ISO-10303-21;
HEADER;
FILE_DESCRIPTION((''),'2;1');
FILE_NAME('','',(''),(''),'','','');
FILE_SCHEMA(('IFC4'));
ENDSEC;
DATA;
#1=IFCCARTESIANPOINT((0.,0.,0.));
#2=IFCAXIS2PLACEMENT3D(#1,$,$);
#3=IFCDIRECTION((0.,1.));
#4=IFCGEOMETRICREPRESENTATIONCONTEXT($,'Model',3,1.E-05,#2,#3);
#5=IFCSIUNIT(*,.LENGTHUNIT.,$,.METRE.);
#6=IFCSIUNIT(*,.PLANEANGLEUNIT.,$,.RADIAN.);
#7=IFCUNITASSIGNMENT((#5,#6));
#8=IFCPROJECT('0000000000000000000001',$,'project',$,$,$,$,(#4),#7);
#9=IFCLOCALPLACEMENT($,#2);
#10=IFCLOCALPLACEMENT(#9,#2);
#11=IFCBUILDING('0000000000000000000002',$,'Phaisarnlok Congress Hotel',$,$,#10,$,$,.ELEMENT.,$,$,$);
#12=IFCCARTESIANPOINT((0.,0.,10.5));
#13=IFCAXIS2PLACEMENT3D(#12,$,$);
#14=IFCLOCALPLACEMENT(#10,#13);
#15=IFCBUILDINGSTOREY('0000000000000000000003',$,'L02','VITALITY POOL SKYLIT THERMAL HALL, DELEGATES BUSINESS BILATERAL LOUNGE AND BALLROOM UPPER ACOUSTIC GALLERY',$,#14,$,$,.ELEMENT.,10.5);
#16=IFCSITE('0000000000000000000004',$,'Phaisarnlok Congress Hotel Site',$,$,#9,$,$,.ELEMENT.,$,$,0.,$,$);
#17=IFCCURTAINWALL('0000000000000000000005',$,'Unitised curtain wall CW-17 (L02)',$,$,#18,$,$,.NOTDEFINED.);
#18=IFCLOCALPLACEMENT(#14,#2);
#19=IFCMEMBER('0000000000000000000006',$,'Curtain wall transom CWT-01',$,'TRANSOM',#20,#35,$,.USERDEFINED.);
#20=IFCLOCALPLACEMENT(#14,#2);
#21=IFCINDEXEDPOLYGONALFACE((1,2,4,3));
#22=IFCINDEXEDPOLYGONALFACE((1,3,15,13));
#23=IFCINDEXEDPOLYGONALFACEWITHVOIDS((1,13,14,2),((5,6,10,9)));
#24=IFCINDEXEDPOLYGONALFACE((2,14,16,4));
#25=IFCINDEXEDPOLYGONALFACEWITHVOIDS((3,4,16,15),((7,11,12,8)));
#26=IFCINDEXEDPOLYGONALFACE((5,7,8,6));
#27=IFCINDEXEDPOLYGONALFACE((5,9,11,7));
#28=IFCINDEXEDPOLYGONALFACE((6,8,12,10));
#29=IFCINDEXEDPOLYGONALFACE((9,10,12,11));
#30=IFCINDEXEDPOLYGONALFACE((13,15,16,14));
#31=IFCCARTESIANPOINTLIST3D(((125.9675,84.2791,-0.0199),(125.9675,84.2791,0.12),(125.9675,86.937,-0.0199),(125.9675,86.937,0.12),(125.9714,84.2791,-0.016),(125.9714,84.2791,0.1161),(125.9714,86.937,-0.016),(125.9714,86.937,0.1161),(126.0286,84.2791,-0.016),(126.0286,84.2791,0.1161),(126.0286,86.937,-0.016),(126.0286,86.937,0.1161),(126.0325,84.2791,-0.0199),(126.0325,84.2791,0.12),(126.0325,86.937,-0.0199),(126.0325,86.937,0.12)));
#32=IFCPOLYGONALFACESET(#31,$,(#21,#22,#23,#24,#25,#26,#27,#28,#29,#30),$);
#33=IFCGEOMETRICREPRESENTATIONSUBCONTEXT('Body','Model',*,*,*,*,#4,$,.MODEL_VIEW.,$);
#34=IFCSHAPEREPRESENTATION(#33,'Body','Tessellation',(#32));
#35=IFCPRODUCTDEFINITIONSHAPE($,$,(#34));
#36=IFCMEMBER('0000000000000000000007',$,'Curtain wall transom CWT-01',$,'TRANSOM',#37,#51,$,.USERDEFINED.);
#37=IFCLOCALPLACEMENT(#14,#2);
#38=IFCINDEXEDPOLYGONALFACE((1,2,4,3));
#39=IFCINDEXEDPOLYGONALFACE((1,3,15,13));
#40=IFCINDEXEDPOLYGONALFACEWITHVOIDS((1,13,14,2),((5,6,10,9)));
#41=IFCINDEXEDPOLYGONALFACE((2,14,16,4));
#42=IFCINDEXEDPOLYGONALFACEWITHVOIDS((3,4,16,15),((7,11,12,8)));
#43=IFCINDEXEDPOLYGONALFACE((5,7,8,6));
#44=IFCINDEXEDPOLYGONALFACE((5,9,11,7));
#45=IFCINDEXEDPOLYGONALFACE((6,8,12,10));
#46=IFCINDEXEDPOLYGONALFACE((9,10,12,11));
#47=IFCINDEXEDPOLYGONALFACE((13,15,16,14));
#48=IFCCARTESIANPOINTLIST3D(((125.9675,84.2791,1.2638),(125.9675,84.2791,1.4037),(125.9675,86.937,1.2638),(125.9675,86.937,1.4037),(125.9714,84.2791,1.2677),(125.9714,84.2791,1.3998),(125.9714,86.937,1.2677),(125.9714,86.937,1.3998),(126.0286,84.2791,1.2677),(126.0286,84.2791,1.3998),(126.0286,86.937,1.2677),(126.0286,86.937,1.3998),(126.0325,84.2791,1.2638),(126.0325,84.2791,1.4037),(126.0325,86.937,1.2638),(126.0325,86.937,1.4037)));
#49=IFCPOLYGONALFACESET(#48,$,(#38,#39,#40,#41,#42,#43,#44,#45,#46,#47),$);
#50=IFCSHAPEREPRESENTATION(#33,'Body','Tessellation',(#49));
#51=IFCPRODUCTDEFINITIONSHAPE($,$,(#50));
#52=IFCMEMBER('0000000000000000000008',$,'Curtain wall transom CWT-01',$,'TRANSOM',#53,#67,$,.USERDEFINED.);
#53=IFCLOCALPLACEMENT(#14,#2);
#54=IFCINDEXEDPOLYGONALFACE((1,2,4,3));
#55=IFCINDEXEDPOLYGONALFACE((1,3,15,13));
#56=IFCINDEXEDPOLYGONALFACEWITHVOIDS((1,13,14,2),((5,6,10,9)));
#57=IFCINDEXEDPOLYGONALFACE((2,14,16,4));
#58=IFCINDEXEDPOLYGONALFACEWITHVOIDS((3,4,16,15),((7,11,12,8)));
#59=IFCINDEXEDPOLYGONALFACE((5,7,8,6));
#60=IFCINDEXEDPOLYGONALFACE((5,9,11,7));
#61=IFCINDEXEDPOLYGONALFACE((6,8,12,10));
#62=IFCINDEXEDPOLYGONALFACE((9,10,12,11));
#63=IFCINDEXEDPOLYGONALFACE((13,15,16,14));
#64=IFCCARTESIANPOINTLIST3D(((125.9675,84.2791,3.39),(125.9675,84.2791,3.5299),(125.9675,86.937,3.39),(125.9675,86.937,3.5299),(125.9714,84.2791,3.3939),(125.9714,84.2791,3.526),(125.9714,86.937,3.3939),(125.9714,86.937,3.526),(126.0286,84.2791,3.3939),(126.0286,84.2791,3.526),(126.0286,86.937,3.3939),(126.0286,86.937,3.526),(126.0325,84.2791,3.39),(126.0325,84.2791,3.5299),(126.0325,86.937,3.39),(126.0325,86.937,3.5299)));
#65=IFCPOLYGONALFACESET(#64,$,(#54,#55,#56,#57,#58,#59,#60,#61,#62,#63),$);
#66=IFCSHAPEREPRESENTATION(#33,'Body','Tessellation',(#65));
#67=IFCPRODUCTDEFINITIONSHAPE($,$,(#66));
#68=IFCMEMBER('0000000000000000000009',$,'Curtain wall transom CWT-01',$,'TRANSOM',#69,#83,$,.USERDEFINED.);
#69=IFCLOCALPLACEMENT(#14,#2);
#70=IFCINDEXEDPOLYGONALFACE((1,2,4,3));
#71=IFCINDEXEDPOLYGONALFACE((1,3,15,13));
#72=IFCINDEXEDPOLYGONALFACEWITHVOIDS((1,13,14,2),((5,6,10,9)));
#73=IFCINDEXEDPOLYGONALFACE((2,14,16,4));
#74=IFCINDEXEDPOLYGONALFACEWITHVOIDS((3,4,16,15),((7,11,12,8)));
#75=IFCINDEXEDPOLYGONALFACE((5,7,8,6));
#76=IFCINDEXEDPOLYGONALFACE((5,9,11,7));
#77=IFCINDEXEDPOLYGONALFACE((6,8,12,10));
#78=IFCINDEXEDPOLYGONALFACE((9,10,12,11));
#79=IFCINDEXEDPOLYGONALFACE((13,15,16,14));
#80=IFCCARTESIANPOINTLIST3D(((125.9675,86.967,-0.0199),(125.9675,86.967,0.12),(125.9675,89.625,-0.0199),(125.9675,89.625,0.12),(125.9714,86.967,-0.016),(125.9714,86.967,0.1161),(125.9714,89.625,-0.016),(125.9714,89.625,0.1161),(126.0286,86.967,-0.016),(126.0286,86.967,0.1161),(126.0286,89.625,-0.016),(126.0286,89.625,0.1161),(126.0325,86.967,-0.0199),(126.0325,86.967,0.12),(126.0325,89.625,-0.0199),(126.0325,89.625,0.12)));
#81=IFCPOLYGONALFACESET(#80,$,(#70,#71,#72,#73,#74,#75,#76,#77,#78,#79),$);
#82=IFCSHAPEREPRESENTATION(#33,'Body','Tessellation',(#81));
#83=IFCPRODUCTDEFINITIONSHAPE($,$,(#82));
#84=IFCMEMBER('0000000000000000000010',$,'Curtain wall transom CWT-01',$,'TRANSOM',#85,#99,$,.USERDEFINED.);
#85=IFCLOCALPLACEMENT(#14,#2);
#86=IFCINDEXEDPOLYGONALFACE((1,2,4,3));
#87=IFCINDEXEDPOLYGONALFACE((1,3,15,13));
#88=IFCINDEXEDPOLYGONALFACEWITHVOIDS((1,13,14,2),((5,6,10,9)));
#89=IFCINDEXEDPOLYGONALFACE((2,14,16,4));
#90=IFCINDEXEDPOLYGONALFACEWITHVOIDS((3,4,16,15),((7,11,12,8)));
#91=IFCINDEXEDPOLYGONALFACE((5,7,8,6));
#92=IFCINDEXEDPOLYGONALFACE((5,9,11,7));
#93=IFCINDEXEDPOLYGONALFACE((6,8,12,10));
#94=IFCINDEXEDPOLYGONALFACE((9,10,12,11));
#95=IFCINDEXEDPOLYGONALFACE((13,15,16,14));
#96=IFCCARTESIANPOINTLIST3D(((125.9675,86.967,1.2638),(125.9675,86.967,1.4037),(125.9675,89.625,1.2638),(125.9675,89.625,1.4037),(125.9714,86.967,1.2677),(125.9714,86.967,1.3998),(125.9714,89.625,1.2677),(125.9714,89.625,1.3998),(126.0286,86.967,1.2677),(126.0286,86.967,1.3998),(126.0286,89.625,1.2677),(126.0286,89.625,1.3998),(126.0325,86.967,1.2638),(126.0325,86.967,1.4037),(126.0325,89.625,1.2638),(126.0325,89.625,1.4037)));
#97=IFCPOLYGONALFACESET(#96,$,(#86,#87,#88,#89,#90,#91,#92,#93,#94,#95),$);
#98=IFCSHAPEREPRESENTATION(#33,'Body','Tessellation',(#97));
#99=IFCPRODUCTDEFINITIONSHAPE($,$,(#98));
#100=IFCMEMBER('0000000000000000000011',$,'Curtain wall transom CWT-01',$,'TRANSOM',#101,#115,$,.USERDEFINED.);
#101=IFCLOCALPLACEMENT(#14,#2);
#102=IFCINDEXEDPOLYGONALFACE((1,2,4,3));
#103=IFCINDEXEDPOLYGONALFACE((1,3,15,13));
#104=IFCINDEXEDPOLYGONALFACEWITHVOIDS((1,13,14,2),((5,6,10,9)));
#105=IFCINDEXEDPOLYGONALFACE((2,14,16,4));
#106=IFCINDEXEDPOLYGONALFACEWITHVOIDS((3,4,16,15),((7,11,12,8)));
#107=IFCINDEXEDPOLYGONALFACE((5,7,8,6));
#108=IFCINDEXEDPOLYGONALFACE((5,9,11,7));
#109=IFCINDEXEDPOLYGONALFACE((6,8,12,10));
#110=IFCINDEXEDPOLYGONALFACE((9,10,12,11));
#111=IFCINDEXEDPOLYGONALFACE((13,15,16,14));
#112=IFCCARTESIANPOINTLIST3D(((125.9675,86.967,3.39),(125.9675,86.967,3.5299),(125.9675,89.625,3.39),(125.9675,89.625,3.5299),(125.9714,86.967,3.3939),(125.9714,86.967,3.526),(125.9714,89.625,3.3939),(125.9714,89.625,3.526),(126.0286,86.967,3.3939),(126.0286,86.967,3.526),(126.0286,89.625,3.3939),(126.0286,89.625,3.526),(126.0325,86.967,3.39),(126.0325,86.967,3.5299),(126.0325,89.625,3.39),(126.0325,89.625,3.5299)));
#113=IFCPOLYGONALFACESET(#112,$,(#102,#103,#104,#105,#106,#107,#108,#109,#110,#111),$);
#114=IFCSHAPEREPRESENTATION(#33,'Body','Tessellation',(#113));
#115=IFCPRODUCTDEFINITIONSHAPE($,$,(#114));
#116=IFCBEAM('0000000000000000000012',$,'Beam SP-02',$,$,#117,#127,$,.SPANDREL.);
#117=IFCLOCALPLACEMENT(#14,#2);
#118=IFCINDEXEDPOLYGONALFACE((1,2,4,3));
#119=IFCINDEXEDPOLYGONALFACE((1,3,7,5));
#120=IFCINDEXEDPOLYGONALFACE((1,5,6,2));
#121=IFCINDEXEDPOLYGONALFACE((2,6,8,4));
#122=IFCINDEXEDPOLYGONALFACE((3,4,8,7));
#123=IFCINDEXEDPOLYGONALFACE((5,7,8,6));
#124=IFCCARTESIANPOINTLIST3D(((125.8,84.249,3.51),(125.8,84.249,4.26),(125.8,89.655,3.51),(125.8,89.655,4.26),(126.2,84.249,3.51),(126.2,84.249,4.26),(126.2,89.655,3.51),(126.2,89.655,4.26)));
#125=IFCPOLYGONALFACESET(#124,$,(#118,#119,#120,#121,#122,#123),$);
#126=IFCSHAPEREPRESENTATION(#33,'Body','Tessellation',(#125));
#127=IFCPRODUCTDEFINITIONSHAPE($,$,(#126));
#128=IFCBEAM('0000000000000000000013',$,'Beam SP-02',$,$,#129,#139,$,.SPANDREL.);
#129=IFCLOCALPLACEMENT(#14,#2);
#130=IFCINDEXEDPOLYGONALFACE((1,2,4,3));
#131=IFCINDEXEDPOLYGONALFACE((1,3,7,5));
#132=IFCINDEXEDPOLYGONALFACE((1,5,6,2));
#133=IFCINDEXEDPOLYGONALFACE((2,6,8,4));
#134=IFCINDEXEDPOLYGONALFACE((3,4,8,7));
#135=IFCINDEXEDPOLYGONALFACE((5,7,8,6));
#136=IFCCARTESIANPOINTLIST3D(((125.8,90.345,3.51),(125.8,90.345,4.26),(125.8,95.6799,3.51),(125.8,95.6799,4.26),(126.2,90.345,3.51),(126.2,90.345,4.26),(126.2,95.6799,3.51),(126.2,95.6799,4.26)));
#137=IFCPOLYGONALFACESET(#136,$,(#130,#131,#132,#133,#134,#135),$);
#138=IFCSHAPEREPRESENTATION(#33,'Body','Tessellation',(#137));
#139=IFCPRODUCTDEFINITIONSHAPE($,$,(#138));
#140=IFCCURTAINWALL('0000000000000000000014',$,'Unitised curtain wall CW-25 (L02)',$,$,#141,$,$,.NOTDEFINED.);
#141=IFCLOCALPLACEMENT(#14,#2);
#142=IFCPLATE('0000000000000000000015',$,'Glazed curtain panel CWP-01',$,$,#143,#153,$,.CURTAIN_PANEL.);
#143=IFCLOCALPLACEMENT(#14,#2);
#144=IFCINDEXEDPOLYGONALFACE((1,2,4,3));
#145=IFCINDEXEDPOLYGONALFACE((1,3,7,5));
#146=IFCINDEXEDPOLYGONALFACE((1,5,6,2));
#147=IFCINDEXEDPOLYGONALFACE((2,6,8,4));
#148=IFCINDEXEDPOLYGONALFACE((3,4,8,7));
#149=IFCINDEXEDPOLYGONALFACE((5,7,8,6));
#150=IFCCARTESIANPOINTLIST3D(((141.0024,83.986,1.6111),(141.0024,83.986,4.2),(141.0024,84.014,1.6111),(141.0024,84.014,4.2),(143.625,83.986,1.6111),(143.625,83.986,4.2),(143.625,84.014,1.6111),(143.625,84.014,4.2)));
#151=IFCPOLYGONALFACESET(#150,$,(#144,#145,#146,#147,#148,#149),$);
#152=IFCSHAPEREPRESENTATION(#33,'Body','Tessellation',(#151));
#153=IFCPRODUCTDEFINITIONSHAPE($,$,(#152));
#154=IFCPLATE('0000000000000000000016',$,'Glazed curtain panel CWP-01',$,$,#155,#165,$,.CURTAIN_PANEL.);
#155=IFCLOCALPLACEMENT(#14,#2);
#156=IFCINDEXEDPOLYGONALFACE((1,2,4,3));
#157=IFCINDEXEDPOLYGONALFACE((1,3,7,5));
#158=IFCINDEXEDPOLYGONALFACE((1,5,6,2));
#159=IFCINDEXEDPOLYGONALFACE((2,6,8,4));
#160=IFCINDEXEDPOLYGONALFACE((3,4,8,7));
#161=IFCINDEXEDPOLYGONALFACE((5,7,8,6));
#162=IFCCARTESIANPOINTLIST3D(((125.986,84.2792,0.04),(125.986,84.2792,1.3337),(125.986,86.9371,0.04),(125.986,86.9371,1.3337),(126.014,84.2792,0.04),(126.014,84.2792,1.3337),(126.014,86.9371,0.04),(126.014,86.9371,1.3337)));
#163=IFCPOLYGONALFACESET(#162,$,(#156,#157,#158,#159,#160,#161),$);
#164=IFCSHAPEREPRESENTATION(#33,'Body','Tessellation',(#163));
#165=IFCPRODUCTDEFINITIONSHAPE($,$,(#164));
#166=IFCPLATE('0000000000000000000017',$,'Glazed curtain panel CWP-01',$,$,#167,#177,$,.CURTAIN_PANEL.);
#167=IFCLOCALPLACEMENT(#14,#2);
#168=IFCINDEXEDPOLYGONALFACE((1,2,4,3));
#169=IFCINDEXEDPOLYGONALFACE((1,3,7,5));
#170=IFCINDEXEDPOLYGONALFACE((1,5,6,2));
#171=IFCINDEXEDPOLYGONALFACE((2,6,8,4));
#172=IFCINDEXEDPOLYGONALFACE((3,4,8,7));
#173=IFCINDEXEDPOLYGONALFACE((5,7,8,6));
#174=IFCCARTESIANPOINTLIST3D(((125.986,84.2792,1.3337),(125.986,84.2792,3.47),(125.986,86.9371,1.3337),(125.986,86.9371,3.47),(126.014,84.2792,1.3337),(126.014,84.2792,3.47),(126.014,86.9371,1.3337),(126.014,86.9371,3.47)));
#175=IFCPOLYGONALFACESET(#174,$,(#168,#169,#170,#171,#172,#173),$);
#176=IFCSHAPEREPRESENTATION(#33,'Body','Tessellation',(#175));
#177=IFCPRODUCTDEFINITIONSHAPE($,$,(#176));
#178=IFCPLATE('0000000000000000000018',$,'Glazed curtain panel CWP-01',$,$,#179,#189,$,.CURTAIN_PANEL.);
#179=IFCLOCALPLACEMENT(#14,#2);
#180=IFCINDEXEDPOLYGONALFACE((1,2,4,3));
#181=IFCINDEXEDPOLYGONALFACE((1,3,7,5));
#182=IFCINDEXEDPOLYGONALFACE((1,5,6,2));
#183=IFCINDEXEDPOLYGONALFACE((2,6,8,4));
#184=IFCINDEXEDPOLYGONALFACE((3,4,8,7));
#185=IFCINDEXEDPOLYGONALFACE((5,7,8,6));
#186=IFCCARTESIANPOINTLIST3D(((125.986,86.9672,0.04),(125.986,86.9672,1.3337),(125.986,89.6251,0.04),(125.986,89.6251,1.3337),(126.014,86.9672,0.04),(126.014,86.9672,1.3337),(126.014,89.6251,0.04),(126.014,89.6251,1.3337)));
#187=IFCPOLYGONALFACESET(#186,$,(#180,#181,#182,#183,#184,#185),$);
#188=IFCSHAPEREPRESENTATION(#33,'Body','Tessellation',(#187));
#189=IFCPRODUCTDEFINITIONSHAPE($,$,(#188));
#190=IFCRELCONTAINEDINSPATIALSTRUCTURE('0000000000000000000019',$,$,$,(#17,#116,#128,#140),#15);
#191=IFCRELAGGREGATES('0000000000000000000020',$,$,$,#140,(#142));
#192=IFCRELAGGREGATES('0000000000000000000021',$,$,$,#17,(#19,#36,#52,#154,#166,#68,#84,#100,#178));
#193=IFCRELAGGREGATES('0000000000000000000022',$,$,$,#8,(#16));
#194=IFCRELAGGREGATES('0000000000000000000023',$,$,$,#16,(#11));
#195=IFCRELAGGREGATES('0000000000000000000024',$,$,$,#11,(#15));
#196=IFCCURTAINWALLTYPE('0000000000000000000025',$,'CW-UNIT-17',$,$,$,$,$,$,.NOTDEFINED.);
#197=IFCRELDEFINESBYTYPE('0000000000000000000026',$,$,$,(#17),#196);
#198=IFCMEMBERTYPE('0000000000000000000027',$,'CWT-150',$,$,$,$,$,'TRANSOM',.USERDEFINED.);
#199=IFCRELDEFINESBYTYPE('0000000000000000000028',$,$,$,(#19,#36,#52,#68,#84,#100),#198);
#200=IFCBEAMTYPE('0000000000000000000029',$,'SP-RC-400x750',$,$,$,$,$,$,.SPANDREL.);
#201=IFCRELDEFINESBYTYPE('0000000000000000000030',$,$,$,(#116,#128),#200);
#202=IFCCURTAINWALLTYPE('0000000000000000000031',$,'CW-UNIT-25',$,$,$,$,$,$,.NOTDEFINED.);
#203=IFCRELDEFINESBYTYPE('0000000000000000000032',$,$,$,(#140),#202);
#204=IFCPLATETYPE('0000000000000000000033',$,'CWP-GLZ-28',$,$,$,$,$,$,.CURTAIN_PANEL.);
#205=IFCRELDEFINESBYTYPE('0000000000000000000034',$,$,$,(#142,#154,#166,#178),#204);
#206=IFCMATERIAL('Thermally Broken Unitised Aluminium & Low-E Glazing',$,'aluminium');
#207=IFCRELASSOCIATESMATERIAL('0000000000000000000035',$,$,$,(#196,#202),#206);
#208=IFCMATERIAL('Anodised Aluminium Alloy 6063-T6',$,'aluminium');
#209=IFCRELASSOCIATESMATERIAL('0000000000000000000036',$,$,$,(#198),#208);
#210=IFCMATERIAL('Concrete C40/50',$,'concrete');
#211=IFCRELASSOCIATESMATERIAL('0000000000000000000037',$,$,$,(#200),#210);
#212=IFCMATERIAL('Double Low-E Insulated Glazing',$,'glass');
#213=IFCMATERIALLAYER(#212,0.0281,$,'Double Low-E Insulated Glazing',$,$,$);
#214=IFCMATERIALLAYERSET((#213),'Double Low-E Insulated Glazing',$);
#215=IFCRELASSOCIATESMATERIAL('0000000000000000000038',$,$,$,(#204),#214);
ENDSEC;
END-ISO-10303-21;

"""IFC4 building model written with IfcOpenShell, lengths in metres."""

from ifc_helpers import new_model, si_unit, direction, frame, frame_2d, origin, origin_2d, place, context, subcontext, project, spatial, rectangle, hollow_rectangle, extrude, material, layer, layer_set, material_profile, profile_set, type_object, element, aggregate, save


model = new_model("IFC4")

# Units and contexts
model_context = context("Model", 3, precision=1e-05, world=origin(), true_north=direction((0.0, 1.0)))
body_context = subcontext(model_context, "Body", "Model", "MODEL_VIEW")
ifc_project = project(units=[si_unit("LENGTHUNIT", "METRE"), si_unit("PLANEANGLEUNIT", "RADIAN")], contexts=[model_context])

# Site, building, storey
site_placement = place(None, origin())
site = spatial("IfcSite", under=ifc_project, at=site_placement, Name="Phaisarnlok Congress Hotel Site", CompositionType="ELEMENT", RefElevation=0.0)
building_placement = place(site_placement, origin())
building = spatial("IfcBuilding", under=site, at=building_placement, Name="Phaisarnlok Congress Hotel", CompositionType="ELEMENT")
storey_placement = place(building_placement, frame((0.0, 0.0, 10.5)))
storey = spatial("IfcBuildingStorey", under=building, at=storey_placement, Name="L02", Description="VITALITY POOL SKYLIT THERMAL HALL, DELEGATES BUSINESS BILATERAL LOUNGE AND BALLROOM UPPER ACOUSTIC GALLERY", CompositionType="ELEMENT", Elevation=10.5)

# Shared definitions
ifc_material_1 = material(Name="Thermally Broken Unitised Aluminium & Low-E Glazing", Category="aluminium")
ifc_material_2 = material(Name="Anodised Aluminium Alloy 6063-T6", Category="aluminium")

# Curtain wall
curtain_wall_type_1 = type_object("IfcCurtainWallType", Name="CW-UNIT-17", PredefinedType="NOTDEFINED", material=ifc_material_1)
curtain_wall_1_placement = place(storey_placement, origin())
curtain_wall_1 = element("IfcCurtainWall", 1, at=curtain_wall_1_placement, inside=storey, type_object=curtain_wall_type_1, Name="Unitised curtain wall CW-17 (L02)", PredefinedType="NOTDEFINED")

# Members
ifc_material_profile_1 = material_profile(ifc_material_2, hollow_rectangle(XDim=0.0649, YDim=0.1399, WallThickness=0.0039, at=origin_2d()), Name="ALU-T 65x140x4")
ifc_profile_set_1 = profile_set([ifc_material_profile_1], Name="Anodised Aluminium Alloy 6063-T6")
member_type_1 = type_object("IfcMemberType", Name="CWT-150", ElementType="TRANSOM", PredefinedType="USERDEFINED", material=ifc_profile_set_1)
member_1_placement = place(storey_placement, frame((126.0, 84.2791, 0.05), z_axis=(0.0, 1.0, 0.0), x_axis=(-1.0, 0.0, 0.0)))
member_1 = element("IfcMember", 2, at=member_1_placement, type_object=member_type_1, Name="Curtain wall transom CWT-01", ObjectType="TRANSOM", PredefinedType="USERDEFINED", context=body_context, shape_type="SweptSolid", body=[
    extrude(hollow_rectangle(XDim=0.0649, YDim=0.1399, WallThickness=0.0039, at=origin_2d()), origin(), (0.0, 0.0, 1.0), 2.658),
])
member_2_placement = place(storey_placement, frame((126.0, 84.2791, 1.3337), z_axis=(0.0, 1.0, 0.0), x_axis=(-1.0, 0.0, 0.0)))
member_2 = element("IfcMember", 3, at=member_2_placement, type_object=member_type_1, Name="Curtain wall transom CWT-01", ObjectType="TRANSOM", PredefinedType="USERDEFINED", context=body_context, shape_type="SweptSolid", body=[
    extrude(hollow_rectangle(XDim=0.0649, YDim=0.1399, WallThickness=0.0039, at=origin_2d()), origin(), (0.0, 0.0, 1.0), 2.658),
])
member_3_placement = place(storey_placement, frame((126.0, 84.2791, 3.46), z_axis=(0.0, 1.0, 0.0), x_axis=(-1.0, 0.0, 0.0)))
member_3 = element("IfcMember", 4, at=member_3_placement, type_object=member_type_1, Name="Curtain wall transom CWT-01", ObjectType="TRANSOM", PredefinedType="USERDEFINED", context=body_context, shape_type="SweptSolid", body=[
    extrude(hollow_rectangle(XDim=0.0649, YDim=0.1399, WallThickness=0.0039, at=origin_2d()), origin(), (0.0, 0.0, 1.0), 2.658),
])
member_4_placement = place(storey_placement, frame((126.0, 86.967, 0.05), z_axis=(0.0, 1.0, 0.0), x_axis=(-1.0, 0.0, 0.0)))
member_4 = element("IfcMember", 5, at=member_4_placement, type_object=member_type_1, Name="Curtain wall transom CWT-01", ObjectType="TRANSOM", PredefinedType="USERDEFINED", context=body_context, shape_type="SweptSolid", body=[
    extrude(hollow_rectangle(XDim=0.0649, YDim=0.1399, WallThickness=0.0039, at=origin_2d()), origin(), (0.0, 0.0, 1.0), 2.658),
])
member_5_placement = place(storey_placement, frame((126.0, 86.967, 1.3337), z_axis=(0.0, 1.0, 0.0), x_axis=(-1.0, 0.0, 0.0)))
member_5 = element("IfcMember", 6, at=member_5_placement, type_object=member_type_1, Name="Curtain wall transom CWT-01", ObjectType="TRANSOM", PredefinedType="USERDEFINED", context=body_context, shape_type="SweptSolid", body=[
    extrude(hollow_rectangle(XDim=0.0649, YDim=0.1399, WallThickness=0.0039, at=origin_2d()), origin(), (0.0, 0.0, 1.0), 2.658),
])
member_6_placement = place(storey_placement, frame((126.0, 86.967, 3.46), z_axis=(0.0, 1.0, 0.0), x_axis=(-1.0, 0.0, 0.0)))
member_6 = element("IfcMember", 7, at=member_6_placement, type_object=member_type_1, Name="Curtain wall transom CWT-01", ObjectType="TRANSOM", PredefinedType="USERDEFINED", context=body_context, shape_type="SweptSolid", body=[
    extrude(hollow_rectangle(XDim=0.0649, YDim=0.1399, WallThickness=0.0039, at=origin_2d()), origin(), (0.0, 0.0, 1.0), 2.658),
])

# Beams
ifc_material_3 = material(Name="Concrete C40/50", Category="concrete")
ifc_material_profile_2 = material_profile(ifc_material_3, rectangle(XDim=0.3999, YDim=0.75, at=origin_2d()), Name="RC 400x750")
ifc_profile_set_2 = profile_set([ifc_material_profile_2], Name="Concrete C40/50")
beam_type = type_object("IfcBeamType", Name="SP-RC-400x750", PredefinedType="SPANDREL", material=ifc_profile_set_2)
beam_1_placement = place(storey_placement, frame((126.0, 84.249, 3.885), z_axis=(0.0, 1.0, 0.0), x_axis=(-1.0, 0.0, 0.0)))
element("IfcBeam", 8, at=beam_1_placement, inside=storey, type_object=beam_type, Name="Beam SP-02", PredefinedType="SPANDREL", context=body_context, shape_type="SweptSolid", body=[
    extrude(rectangle(XDim=0.3999, YDim=0.75, at=origin_2d()), origin(), (0.0, 0.0, 1.0), 5.406),
])
beam_2_placement = place(storey_placement, frame((126.0, 90.345, 3.885), z_axis=(0.0, 1.0, 0.0), x_axis=(-1.0, 0.0, 0.0)))
element("IfcBeam", 9, at=beam_2_placement, inside=storey, type_object=beam_type, Name="Beam SP-02", PredefinedType="SPANDREL", context=body_context, shape_type="SweptSolid", body=[
    extrude(rectangle(XDim=0.3999, YDim=0.75, at=origin_2d()), origin(), (0.0, 0.0, 1.0), 5.335),
])

# Curtain wall, plate
curtain_wall_type_2 = type_object("IfcCurtainWallType", Name="CW-UNIT-25", PredefinedType="NOTDEFINED", material=ifc_material_1)
curtain_wall_2_placement = place(storey_placement, origin())
curtain_wall_2 = element("IfcCurtainWall", 10, at=curtain_wall_2_placement, inside=storey, type_object=curtain_wall_type_2, Name="Unitised curtain wall CW-25 (L02)", PredefinedType="NOTDEFINED")
ifc_material_4 = material(Name="Double Low-E Insulated Glazing", Category="glass")
ifc_layer_1 = layer(ifc_material_4, 0.0281, Name="Double Low-E Insulated Glazing")
ifc_layer_set_1 = layer_set([ifc_layer_1], Name="Double Low-E Insulated Glazing")
plate_type = type_object("IfcPlateType", Name="CWP-GLZ-28", PredefinedType="CURTAIN_PANEL", material=ifc_layer_set_1)
plate_1_placement = place(storey_placement, frame((143.625, 84.0, 1.6111), z_axis=(0.0, 0.0, 1.0), x_axis=(-1.0, 0.0, 0.0)))
plate_1 = element("IfcPlate", 11, at=plate_1_placement, type_object=plate_type, Name="Glazed curtain panel CWP-01", PredefinedType="CURTAIN_PANEL", context=body_context, shape_type="SweptSolid", body=[
    extrude(rectangle(XDim=2.6226, YDim=0.0281, at=frame_2d((1.3113, 0.0))), origin(), (0.0, 0.0, 1.0), 2.5889),
])
aggregate(curtain_wall_2, [plate_1])

# Plates
plate_2_placement = place(storey_placement, frame((126.0, 84.2791, 0.04), z_axis=(0.0, 0.0, 1.0), x_axis=(0.0, 1.0, 0.0)))
plate_2 = element("IfcPlate", 12, at=plate_2_placement, type_object=plate_type, Name="Glazed curtain panel CWP-01", PredefinedType="CURTAIN_PANEL", context=body_context, shape_type="SweptSolid", body=[
    extrude(rectangle(XDim=2.658, YDim=0.0281, at=frame_2d((1.3291, 0.0))), origin(), (0.0, 0.0, 1.0), 1.2937),
])
plate_3_placement = place(storey_placement, frame((126.0, 84.2791, 1.3337), z_axis=(0.0, 0.0, 1.0), x_axis=(0.0, 1.0, 0.0)))
plate_3 = element("IfcPlate", 13, at=plate_3_placement, type_object=plate_type, Name="Glazed curtain panel CWP-01", PredefinedType="CURTAIN_PANEL", context=body_context, shape_type="SweptSolid", body=[
    extrude(rectangle(XDim=2.658, YDim=0.0281, at=frame_2d((1.3291, 0.0))), origin(), (0.0, 0.0, 1.0), 2.1362),
])
plate_4_placement = place(storey_placement, frame((126.0, 86.967, 0.04), z_axis=(0.0, 0.0, 1.0), x_axis=(0.0, 1.0, 0.0)))
plate_4 = element("IfcPlate", 14, at=plate_4_placement, type_object=plate_type, Name="Glazed curtain panel CWP-01", PredefinedType="CURTAIN_PANEL", context=body_context, shape_type="SweptSolid", body=[
    extrude(rectangle(XDim=2.658, YDim=0.0281, at=frame_2d((1.3291, 0.0))), origin(), (0.0, 0.0, 1.0), 1.2937),
])
aggregate(curtain_wall_1, [member_1, member_2, member_3, plate_2, plate_3, member_4, member_5, member_6, plate_4])

save(model, "model.ifc")
